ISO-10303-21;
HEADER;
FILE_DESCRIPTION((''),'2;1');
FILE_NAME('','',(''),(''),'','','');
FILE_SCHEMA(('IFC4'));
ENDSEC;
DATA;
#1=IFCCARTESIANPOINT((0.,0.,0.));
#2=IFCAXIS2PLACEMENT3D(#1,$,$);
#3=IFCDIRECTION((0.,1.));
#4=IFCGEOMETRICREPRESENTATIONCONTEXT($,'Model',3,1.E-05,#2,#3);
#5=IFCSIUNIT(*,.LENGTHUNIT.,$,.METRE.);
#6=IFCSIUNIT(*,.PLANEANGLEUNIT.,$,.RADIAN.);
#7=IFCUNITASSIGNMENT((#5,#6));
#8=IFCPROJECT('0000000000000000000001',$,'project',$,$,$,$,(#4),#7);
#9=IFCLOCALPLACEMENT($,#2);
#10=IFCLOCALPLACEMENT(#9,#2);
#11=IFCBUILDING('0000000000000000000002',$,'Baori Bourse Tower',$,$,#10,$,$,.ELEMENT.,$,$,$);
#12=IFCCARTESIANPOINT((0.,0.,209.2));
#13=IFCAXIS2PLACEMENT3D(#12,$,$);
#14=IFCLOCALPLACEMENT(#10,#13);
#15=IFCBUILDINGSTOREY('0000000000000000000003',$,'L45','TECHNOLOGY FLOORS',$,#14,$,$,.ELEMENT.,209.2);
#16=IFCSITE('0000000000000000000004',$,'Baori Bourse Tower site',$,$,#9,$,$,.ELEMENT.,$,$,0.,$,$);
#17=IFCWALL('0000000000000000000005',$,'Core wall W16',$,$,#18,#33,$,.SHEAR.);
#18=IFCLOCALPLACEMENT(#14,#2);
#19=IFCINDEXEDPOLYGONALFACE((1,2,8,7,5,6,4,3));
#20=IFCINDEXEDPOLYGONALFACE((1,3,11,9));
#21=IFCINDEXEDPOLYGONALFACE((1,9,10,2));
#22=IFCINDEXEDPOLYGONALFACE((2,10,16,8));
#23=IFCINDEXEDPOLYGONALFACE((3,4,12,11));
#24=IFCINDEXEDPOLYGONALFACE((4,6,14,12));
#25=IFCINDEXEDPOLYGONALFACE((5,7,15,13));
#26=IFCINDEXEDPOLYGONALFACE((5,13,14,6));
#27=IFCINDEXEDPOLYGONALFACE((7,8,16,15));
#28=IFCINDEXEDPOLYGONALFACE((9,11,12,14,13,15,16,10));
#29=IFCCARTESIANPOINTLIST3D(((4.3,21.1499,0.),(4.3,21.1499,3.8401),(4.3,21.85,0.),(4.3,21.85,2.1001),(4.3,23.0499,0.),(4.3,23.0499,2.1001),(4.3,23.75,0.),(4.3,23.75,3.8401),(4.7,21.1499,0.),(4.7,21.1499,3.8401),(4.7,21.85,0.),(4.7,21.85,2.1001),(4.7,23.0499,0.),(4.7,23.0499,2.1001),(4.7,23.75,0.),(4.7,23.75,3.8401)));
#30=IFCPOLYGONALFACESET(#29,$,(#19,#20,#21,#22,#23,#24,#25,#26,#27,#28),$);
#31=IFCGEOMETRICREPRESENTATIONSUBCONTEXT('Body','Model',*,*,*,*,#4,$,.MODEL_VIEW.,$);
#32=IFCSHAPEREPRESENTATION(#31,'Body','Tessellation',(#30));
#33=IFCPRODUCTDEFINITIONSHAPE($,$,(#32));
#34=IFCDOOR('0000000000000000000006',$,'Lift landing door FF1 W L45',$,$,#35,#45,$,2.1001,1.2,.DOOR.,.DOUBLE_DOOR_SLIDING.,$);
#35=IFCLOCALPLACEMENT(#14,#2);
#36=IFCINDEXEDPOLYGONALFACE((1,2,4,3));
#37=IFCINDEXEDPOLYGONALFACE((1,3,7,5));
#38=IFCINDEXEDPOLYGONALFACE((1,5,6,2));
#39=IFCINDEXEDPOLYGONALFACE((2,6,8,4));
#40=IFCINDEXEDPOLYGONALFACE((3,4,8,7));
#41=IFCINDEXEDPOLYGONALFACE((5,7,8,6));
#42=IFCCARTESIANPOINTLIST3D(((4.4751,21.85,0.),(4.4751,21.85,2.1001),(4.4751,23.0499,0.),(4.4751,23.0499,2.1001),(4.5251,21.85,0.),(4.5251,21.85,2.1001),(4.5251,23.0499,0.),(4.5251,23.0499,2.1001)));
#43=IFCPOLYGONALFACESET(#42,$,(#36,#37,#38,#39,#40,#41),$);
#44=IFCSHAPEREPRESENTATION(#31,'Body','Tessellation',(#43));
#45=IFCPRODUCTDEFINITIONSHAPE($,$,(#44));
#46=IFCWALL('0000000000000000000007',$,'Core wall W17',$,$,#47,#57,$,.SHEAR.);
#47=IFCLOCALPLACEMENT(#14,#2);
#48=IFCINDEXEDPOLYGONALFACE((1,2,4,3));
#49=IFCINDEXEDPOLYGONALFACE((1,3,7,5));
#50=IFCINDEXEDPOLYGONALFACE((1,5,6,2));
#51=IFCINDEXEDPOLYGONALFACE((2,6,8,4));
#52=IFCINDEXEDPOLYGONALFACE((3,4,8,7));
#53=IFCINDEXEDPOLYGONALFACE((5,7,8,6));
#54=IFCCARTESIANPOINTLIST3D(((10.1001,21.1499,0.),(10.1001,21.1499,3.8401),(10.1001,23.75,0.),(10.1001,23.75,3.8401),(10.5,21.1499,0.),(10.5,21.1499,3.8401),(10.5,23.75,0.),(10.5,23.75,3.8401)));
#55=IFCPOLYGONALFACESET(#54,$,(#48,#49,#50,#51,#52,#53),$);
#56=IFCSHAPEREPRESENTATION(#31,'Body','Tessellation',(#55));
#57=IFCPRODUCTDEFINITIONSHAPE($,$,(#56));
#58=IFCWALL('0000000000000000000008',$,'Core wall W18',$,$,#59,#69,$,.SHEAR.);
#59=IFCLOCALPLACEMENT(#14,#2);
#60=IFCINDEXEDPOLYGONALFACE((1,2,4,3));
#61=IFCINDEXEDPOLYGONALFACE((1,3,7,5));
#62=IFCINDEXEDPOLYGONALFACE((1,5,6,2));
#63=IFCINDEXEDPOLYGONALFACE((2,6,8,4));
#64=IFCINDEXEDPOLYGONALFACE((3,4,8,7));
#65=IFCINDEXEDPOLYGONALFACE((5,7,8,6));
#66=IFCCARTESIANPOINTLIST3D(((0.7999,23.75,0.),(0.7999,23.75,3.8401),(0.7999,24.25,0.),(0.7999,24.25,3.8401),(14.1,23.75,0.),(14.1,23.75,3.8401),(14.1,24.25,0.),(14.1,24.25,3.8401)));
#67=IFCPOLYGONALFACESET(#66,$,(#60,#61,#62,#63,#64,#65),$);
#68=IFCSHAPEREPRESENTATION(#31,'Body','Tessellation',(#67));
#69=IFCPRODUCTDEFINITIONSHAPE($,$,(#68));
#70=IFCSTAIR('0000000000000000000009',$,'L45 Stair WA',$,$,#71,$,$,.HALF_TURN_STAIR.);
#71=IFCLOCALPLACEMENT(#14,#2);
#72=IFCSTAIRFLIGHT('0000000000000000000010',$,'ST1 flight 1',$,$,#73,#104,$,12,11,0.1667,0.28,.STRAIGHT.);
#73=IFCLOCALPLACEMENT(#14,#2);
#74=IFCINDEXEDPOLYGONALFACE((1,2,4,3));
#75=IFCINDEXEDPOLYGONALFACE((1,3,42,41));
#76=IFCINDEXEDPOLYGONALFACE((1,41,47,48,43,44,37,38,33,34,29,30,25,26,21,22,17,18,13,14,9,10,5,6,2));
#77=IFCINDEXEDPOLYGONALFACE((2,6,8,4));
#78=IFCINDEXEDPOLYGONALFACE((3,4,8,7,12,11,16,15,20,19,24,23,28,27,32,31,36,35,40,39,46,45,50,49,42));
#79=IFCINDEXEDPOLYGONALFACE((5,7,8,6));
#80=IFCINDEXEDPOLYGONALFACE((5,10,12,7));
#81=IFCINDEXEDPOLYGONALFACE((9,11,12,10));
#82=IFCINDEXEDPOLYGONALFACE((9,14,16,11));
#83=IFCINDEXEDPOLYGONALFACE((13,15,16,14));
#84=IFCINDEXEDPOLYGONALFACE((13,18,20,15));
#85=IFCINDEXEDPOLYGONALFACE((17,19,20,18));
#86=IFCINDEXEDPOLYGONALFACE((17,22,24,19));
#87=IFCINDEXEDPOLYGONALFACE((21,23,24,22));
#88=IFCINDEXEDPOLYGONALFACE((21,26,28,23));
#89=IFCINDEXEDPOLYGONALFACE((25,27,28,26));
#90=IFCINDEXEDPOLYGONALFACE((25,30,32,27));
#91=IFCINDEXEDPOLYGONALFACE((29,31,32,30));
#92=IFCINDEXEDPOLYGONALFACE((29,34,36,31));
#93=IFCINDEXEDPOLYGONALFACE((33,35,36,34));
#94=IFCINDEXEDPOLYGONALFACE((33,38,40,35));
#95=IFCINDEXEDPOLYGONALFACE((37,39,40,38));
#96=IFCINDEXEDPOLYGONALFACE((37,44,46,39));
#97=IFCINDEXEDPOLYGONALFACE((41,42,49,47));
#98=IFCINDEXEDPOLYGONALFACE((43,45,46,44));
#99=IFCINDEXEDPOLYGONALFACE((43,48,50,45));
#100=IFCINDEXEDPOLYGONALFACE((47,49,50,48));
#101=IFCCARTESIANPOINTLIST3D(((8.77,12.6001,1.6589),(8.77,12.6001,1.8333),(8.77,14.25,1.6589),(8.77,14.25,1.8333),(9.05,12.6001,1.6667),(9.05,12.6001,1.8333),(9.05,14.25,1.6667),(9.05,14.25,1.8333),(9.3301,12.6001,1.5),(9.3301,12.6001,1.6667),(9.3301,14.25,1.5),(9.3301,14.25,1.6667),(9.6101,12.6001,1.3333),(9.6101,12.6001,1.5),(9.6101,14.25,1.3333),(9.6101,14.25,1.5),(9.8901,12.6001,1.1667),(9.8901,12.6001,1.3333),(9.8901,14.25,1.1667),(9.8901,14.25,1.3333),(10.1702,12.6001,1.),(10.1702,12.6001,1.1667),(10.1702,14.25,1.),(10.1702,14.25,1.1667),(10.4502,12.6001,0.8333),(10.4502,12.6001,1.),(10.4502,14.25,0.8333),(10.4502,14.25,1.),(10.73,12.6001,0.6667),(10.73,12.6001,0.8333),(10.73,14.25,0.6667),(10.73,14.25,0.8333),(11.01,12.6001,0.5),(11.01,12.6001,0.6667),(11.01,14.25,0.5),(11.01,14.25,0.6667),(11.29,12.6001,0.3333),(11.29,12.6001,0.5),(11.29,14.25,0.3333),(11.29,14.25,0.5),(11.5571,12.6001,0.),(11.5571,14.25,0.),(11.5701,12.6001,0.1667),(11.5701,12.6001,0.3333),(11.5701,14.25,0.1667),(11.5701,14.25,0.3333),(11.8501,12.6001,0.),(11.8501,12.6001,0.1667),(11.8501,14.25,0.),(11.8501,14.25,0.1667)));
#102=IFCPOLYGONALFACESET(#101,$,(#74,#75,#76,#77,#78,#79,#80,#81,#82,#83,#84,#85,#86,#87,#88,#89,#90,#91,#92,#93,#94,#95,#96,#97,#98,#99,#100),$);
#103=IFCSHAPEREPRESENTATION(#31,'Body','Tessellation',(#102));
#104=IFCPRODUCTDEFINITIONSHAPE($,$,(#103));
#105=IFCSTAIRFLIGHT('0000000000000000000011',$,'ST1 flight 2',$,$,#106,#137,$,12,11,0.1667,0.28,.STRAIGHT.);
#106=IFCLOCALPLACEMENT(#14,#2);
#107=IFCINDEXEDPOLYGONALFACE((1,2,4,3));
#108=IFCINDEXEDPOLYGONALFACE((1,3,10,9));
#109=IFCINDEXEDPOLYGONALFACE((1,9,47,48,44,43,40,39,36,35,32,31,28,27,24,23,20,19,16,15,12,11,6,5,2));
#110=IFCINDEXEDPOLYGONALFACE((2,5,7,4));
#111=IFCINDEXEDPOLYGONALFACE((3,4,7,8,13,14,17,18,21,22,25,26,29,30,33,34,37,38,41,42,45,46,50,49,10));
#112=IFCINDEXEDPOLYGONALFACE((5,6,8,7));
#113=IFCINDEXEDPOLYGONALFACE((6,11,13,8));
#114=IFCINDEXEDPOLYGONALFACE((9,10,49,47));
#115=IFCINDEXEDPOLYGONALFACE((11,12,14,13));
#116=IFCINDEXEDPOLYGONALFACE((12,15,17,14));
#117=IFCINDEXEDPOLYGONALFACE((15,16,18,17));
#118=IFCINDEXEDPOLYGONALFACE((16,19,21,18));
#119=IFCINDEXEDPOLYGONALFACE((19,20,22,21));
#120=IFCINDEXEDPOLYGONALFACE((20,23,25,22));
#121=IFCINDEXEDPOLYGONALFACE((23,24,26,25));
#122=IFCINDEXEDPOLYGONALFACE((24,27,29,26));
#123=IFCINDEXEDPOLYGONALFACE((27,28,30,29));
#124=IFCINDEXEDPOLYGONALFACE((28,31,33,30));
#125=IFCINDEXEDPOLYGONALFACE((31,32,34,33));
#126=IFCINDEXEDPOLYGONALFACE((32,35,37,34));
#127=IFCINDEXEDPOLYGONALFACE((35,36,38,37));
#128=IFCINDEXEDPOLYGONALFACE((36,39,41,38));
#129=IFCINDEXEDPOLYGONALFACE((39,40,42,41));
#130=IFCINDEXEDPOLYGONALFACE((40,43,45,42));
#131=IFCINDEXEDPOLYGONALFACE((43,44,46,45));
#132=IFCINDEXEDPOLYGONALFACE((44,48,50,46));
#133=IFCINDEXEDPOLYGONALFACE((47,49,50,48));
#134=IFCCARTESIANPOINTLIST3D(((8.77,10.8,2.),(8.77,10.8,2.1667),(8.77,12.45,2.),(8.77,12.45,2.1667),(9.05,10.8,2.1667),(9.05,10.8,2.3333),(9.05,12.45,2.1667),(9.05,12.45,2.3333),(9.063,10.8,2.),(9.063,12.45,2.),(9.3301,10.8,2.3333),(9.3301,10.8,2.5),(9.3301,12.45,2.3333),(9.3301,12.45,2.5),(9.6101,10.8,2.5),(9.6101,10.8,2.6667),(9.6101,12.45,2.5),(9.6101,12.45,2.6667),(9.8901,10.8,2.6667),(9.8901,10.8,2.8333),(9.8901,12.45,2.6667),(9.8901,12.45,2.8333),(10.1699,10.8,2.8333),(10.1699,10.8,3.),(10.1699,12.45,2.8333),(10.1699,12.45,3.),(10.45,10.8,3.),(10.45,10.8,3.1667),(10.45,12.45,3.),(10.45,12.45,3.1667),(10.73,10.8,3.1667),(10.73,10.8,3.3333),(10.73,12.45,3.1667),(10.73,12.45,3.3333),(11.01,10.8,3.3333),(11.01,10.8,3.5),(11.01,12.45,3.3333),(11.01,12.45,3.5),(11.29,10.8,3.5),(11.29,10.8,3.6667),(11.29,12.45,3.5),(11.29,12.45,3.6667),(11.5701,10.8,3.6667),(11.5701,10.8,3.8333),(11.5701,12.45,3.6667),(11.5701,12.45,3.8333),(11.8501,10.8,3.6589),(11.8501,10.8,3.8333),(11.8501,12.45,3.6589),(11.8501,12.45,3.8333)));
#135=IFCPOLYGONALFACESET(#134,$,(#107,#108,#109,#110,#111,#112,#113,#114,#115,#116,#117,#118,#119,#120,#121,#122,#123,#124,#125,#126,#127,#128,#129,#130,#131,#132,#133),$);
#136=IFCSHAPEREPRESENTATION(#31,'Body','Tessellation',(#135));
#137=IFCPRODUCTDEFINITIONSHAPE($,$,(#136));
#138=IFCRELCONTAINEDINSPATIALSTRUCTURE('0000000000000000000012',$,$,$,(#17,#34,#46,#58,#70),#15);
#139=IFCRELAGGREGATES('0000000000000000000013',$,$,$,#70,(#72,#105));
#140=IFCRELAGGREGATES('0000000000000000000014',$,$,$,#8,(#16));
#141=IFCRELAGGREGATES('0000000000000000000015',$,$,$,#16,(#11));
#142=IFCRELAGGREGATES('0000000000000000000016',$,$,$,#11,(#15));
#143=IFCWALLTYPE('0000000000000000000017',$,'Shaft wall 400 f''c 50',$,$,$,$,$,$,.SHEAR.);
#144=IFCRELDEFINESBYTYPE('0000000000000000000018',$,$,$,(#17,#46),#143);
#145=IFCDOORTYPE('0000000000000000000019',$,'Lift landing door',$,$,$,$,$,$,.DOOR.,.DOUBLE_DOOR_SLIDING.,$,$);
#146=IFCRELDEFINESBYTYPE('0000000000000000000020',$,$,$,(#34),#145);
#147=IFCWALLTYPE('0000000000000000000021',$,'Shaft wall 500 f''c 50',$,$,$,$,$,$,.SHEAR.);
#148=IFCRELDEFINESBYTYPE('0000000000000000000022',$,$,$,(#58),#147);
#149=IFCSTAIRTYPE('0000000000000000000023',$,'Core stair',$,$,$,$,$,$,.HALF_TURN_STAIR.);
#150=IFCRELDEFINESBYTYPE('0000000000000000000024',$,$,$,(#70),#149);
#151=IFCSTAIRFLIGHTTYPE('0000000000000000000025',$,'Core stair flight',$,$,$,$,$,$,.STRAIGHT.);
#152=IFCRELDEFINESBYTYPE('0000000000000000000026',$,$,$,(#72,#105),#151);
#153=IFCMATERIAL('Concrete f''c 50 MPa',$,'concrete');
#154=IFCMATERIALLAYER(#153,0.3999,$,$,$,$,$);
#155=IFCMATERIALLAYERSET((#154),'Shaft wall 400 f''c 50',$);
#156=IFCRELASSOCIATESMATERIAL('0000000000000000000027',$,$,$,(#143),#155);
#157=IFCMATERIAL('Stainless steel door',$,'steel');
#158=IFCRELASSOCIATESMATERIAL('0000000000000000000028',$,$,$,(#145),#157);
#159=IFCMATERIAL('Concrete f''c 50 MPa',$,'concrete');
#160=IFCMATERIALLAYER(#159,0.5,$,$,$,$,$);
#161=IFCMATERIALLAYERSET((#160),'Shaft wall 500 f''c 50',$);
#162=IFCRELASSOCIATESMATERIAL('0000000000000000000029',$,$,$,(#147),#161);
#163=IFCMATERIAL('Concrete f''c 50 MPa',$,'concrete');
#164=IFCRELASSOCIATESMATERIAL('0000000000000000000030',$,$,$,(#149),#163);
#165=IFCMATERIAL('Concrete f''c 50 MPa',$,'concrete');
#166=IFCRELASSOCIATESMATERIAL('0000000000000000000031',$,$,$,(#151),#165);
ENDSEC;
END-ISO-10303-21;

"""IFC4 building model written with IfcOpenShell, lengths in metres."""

from ifc_helpers import new_model, si_unit, direction, frame, frame_2d, origin, place, context, subcontext, project, spatial, polyline, rectangle, outline, extrude, material, layer, layer_set, type_object, element, fill, aggregate, save


model = new_model("IFC4")

# Units and contexts
model_context = context("Model", 3, precision=1e-05, world=origin(), true_north=direction((0.0, 1.0)))
body_context = subcontext(model_context, "Body", "Model", "MODEL_VIEW")
ifc_project = project(units=[si_unit("LENGTHUNIT", "METRE"), si_unit("PLANEANGLEUNIT", "RADIAN")], contexts=[model_context])

# Site, building, storey
site_placement = place(None, origin())
site = spatial("IfcSite", under=ifc_project, at=site_placement, Name="Baori Bourse Tower site", CompositionType="ELEMENT", RefElevation=0.0)
building_placement = place(site_placement, origin())
building = spatial("IfcBuilding", under=site, at=building_placement, Name="Baori Bourse Tower", CompositionType="ELEMENT")
storey_placement = place(building_placement, frame((0.0, 0.0, 209.2)))
storey = spatial("IfcBuildingStorey", under=building, at=storey_placement, Name="L45", Description="TECHNOLOGY FLOORS", CompositionType="ELEMENT", Elevation=209.2)

# Shared definitions
ifc_material_1 = material(Name="Concrete f'c 50 MPa", Category="concrete")
ifc_layer_1 = layer(ifc_material_1, 0.3999)
ifc_layer_set_1 = layer_set([ifc_layer_1], Name="Shaft wall 400 f'c 50")
wall_type_1 = type_object("IfcWallType", Name="Shaft wall 400 f'c 50", PredefinedType="SHEAR", material=ifc_layer_set_1)

# Wall, opening, door
wall_1_placement = place(storey_placement, frame((4.5, 21.1499, 0.0), z_axis=(0.0, 0.0, 1.0), x_axis=(0.0, 1.0, 0.0)))
wall_1 = element("IfcWall", 1, at=wall_1_placement, inside=storey, type_object=wall_type_1, Name="Core wall W16", PredefinedType="SHEAR", context=body_context, shape_type="SweptSolid", body=[
    extrude(rectangle(XDim=2.6001, YDim=0.3999, at=frame_2d((1.3, 0.0))), origin(), (0.0, 0.0, 1.0), 3.8401),
])
opening_1_placement = place(wall_1_placement, frame((0.7, 0.0, 0.0)))
opening_1 = element("IfcOpeningElement", 2, at=opening_1_placement, cuts=wall_1, PredefinedType="OPENING", context=body_context, shape_type="SweptSolid", body=[
    extrude(rectangle(XDim=1.2, YDim=2.1001, at=frame_2d((0.6001, 1.05))), frame((0.0, 0.21, 0.0), z_axis=(0.0, -1.0, 0.0), x_axis=(1.0, 0.0, 0.0)), (0.0, 0.0, 1.0), 0.4199),
])
ifc_material_2 = material(Name="Stainless steel door", Category="steel")
door_type_1 = type_object("IfcDoorType", Name="Lift landing door", OperationType="DOUBLE_DOOR_SLIDING", PredefinedType="DOOR", material=ifc_material_2)
door_1_placement = place(opening_1_placement, origin())
door_1 = element("IfcDoor", 3, at=door_1_placement, inside=storey, type_object=door_type_1, Name="Lift landing door FF1 W L45", OperationType="DOUBLE_DOOR_SLIDING", OverallHeight=2.1001, OverallWidth=1.2, PredefinedType="DOOR", context=body_context, shape_type="SweptSolid", body=[
    extrude(rectangle(XDim=1.2, YDim=2.1001, at=frame_2d((0.6001, 1.05))), frame((0.0, 0.0249, 0.0), z_axis=(0.0, -1.0, 0.0), x_axis=(1.0, 0.0, 0.0)), (0.0, 0.0, 1.0), 0.05),
])
fill(opening_1, door_1)

# Walls
wall_2_placement = place(storey_placement, frame((10.3, 21.1499, 0.0), z_axis=(0.0, 0.0, 1.0), x_axis=(0.0, 1.0, 0.0)))
element("IfcWall", 4, at=wall_2_placement, inside=storey, type_object=wall_type_1, Name="Core wall W17", PredefinedType="SHEAR", context=body_context, shape_type="SweptSolid", body=[
    extrude(rectangle(XDim=2.6001, YDim=0.3999, at=frame_2d((1.3, 0.0))), origin(), (0.0, 0.0, 1.0), 3.8401),
])
ifc_material_3 = material(Name="Concrete f'c 50 MPa", Category="concrete")
ifc_layer_2 = layer(ifc_material_3, 0.5)
ifc_layer_set_2 = layer_set([ifc_layer_2], Name="Shaft wall 500 f'c 50")
wall_type_2 = type_object("IfcWallType", Name="Shaft wall 500 f'c 50", PredefinedType="SHEAR", material=ifc_layer_set_2)
wall_3_placement = place(storey_placement, frame((0.8, 24.0, 0.0), z_axis=(0.0, 0.0, 1.0), x_axis=(1.0, 0.0, 0.0)))
element("IfcWall", 5, at=wall_3_placement, inside=storey, type_object=wall_type_2, Name="Core wall W18", PredefinedType="SHEAR", context=body_context, shape_type="SweptSolid", body=[
    extrude(rectangle(XDim=13.3, YDim=0.5, at=frame_2d((6.6499, 0.0))), origin(), (0.0, 0.0, 1.0), 3.8401),
])

# Stair, stair flights
ifc_material_4 = material(Name="Concrete f'c 50 MPa", Category="concrete")
stair_type = type_object("IfcStairType", Name="Core stair", PredefinedType="HALF_TURN_STAIR", material=ifc_material_4)
stair_placement = place(storey_placement, origin())
stair = element("IfcStair", 6, at=stair_placement, inside=storey, type_object=stair_type, Name="L45 Stair WA", PredefinedType="HALF_TURN_STAIR")
ifc_material_5 = material(Name="Concrete f'c 50 MPa", Category="concrete")
stair_flight_type = type_object("IfcStairFlightType", Name="Core stair flight", PredefinedType="STRAIGHT", material=ifc_material_5)
stair_flight_1_placement = place(storey_placement, frame((11.8501, 13.425, 0.0), z_axis=(0.0, 0.0, 1.0), x_axis=(-1.0, 0.0, 0.0)))
stair_flight_1 = element("IfcStairFlight", 7, at=stair_flight_1_placement, type_object=stair_flight_type, Name="ST1 flight 1", NumberOfRisers=12, NumberOfTreads=11, PredefinedType="STRAIGHT", RiserHeight=0.1667, TreadLength=0.28, context=body_context, shape_type="SweptSolid", body=[
    extrude(outline(polyline([(0.0, 0.0), (0.0, 0.1667), (0.28, 0.1667), (0.28, 0.3333), (0.5601, 0.3333), (0.5601, 0.5), (0.8401, 0.5), (0.8401, 0.6667), (1.1201, 0.6667), (1.1201, 0.8333), (1.3999, 0.8333), (1.3999, 1.0), (1.6799, 1.0), (1.6799, 1.1667), (1.96, 1.1667), (1.96, 1.3333), (2.24, 1.3333), (2.24, 1.5), (2.52, 1.5), (2.52, 1.6667), (2.8, 1.6667), (2.8, 1.8333), (3.0801, 1.8333), (3.0801, 2.0), (3.0801, 1.6589), (0.293, 0.0), (0.0, 0.0)])), frame((0.0, 0.825, 0.0), z_axis=(0.0, -1.0, 0.0), x_axis=(1.0, 0.0, 0.0)), (0.0, 0.0, 1.0), 1.6499),
])
stair_flight_2_placement = place(storey_placement, frame((8.77, 11.625, 2.0), z_axis=(0.0, 0.0, 1.0), x_axis=(1.0, 0.0, 0.0)))
stair_flight_2 = element("IfcStairFlight", 8, at=stair_flight_2_placement, type_object=stair_flight_type, Name="ST1 flight 2", NumberOfRisers=12, NumberOfTreads=11, PredefinedType="STRAIGHT", RiserHeight=0.1667, TreadLength=0.28, context=body_context, shape_type="SweptSolid", body=[
    extrude(outline(polyline([(0.0, 0.0), (0.0, 0.1667), (0.28, 0.1667), (0.28, 0.3333), (0.5601, 0.3333), (0.5601, 0.5), (0.8401, 0.5), (0.8401, 0.6667), (1.1201, 0.6667), (1.1201, 0.8333), (1.3999, 0.8333), (1.3999, 1.0), (1.6799, 1.0), (1.6799, 1.1667), (1.96, 1.1667), (1.96, 1.3333), (2.24, 1.3333), (2.24, 1.5), (2.52, 1.5), (2.52, 1.6667), (2.8, 1.6667), (2.8, 1.8333), (3.0801, 1.8333), (3.0801, 2.0), (3.0801, 1.6589), (0.293, 0.0), (0.0, 0.0)])), frame((0.0, 0.825, 0.0), z_axis=(0.0, -1.0, 0.0), x_axis=(1.0, 0.0, 0.0)), (0.0, 0.0, 1.0), 1.6499),
])
aggregate(stair, [stair_flight_1, stair_flight_2])

save(model, "model.ifc")
